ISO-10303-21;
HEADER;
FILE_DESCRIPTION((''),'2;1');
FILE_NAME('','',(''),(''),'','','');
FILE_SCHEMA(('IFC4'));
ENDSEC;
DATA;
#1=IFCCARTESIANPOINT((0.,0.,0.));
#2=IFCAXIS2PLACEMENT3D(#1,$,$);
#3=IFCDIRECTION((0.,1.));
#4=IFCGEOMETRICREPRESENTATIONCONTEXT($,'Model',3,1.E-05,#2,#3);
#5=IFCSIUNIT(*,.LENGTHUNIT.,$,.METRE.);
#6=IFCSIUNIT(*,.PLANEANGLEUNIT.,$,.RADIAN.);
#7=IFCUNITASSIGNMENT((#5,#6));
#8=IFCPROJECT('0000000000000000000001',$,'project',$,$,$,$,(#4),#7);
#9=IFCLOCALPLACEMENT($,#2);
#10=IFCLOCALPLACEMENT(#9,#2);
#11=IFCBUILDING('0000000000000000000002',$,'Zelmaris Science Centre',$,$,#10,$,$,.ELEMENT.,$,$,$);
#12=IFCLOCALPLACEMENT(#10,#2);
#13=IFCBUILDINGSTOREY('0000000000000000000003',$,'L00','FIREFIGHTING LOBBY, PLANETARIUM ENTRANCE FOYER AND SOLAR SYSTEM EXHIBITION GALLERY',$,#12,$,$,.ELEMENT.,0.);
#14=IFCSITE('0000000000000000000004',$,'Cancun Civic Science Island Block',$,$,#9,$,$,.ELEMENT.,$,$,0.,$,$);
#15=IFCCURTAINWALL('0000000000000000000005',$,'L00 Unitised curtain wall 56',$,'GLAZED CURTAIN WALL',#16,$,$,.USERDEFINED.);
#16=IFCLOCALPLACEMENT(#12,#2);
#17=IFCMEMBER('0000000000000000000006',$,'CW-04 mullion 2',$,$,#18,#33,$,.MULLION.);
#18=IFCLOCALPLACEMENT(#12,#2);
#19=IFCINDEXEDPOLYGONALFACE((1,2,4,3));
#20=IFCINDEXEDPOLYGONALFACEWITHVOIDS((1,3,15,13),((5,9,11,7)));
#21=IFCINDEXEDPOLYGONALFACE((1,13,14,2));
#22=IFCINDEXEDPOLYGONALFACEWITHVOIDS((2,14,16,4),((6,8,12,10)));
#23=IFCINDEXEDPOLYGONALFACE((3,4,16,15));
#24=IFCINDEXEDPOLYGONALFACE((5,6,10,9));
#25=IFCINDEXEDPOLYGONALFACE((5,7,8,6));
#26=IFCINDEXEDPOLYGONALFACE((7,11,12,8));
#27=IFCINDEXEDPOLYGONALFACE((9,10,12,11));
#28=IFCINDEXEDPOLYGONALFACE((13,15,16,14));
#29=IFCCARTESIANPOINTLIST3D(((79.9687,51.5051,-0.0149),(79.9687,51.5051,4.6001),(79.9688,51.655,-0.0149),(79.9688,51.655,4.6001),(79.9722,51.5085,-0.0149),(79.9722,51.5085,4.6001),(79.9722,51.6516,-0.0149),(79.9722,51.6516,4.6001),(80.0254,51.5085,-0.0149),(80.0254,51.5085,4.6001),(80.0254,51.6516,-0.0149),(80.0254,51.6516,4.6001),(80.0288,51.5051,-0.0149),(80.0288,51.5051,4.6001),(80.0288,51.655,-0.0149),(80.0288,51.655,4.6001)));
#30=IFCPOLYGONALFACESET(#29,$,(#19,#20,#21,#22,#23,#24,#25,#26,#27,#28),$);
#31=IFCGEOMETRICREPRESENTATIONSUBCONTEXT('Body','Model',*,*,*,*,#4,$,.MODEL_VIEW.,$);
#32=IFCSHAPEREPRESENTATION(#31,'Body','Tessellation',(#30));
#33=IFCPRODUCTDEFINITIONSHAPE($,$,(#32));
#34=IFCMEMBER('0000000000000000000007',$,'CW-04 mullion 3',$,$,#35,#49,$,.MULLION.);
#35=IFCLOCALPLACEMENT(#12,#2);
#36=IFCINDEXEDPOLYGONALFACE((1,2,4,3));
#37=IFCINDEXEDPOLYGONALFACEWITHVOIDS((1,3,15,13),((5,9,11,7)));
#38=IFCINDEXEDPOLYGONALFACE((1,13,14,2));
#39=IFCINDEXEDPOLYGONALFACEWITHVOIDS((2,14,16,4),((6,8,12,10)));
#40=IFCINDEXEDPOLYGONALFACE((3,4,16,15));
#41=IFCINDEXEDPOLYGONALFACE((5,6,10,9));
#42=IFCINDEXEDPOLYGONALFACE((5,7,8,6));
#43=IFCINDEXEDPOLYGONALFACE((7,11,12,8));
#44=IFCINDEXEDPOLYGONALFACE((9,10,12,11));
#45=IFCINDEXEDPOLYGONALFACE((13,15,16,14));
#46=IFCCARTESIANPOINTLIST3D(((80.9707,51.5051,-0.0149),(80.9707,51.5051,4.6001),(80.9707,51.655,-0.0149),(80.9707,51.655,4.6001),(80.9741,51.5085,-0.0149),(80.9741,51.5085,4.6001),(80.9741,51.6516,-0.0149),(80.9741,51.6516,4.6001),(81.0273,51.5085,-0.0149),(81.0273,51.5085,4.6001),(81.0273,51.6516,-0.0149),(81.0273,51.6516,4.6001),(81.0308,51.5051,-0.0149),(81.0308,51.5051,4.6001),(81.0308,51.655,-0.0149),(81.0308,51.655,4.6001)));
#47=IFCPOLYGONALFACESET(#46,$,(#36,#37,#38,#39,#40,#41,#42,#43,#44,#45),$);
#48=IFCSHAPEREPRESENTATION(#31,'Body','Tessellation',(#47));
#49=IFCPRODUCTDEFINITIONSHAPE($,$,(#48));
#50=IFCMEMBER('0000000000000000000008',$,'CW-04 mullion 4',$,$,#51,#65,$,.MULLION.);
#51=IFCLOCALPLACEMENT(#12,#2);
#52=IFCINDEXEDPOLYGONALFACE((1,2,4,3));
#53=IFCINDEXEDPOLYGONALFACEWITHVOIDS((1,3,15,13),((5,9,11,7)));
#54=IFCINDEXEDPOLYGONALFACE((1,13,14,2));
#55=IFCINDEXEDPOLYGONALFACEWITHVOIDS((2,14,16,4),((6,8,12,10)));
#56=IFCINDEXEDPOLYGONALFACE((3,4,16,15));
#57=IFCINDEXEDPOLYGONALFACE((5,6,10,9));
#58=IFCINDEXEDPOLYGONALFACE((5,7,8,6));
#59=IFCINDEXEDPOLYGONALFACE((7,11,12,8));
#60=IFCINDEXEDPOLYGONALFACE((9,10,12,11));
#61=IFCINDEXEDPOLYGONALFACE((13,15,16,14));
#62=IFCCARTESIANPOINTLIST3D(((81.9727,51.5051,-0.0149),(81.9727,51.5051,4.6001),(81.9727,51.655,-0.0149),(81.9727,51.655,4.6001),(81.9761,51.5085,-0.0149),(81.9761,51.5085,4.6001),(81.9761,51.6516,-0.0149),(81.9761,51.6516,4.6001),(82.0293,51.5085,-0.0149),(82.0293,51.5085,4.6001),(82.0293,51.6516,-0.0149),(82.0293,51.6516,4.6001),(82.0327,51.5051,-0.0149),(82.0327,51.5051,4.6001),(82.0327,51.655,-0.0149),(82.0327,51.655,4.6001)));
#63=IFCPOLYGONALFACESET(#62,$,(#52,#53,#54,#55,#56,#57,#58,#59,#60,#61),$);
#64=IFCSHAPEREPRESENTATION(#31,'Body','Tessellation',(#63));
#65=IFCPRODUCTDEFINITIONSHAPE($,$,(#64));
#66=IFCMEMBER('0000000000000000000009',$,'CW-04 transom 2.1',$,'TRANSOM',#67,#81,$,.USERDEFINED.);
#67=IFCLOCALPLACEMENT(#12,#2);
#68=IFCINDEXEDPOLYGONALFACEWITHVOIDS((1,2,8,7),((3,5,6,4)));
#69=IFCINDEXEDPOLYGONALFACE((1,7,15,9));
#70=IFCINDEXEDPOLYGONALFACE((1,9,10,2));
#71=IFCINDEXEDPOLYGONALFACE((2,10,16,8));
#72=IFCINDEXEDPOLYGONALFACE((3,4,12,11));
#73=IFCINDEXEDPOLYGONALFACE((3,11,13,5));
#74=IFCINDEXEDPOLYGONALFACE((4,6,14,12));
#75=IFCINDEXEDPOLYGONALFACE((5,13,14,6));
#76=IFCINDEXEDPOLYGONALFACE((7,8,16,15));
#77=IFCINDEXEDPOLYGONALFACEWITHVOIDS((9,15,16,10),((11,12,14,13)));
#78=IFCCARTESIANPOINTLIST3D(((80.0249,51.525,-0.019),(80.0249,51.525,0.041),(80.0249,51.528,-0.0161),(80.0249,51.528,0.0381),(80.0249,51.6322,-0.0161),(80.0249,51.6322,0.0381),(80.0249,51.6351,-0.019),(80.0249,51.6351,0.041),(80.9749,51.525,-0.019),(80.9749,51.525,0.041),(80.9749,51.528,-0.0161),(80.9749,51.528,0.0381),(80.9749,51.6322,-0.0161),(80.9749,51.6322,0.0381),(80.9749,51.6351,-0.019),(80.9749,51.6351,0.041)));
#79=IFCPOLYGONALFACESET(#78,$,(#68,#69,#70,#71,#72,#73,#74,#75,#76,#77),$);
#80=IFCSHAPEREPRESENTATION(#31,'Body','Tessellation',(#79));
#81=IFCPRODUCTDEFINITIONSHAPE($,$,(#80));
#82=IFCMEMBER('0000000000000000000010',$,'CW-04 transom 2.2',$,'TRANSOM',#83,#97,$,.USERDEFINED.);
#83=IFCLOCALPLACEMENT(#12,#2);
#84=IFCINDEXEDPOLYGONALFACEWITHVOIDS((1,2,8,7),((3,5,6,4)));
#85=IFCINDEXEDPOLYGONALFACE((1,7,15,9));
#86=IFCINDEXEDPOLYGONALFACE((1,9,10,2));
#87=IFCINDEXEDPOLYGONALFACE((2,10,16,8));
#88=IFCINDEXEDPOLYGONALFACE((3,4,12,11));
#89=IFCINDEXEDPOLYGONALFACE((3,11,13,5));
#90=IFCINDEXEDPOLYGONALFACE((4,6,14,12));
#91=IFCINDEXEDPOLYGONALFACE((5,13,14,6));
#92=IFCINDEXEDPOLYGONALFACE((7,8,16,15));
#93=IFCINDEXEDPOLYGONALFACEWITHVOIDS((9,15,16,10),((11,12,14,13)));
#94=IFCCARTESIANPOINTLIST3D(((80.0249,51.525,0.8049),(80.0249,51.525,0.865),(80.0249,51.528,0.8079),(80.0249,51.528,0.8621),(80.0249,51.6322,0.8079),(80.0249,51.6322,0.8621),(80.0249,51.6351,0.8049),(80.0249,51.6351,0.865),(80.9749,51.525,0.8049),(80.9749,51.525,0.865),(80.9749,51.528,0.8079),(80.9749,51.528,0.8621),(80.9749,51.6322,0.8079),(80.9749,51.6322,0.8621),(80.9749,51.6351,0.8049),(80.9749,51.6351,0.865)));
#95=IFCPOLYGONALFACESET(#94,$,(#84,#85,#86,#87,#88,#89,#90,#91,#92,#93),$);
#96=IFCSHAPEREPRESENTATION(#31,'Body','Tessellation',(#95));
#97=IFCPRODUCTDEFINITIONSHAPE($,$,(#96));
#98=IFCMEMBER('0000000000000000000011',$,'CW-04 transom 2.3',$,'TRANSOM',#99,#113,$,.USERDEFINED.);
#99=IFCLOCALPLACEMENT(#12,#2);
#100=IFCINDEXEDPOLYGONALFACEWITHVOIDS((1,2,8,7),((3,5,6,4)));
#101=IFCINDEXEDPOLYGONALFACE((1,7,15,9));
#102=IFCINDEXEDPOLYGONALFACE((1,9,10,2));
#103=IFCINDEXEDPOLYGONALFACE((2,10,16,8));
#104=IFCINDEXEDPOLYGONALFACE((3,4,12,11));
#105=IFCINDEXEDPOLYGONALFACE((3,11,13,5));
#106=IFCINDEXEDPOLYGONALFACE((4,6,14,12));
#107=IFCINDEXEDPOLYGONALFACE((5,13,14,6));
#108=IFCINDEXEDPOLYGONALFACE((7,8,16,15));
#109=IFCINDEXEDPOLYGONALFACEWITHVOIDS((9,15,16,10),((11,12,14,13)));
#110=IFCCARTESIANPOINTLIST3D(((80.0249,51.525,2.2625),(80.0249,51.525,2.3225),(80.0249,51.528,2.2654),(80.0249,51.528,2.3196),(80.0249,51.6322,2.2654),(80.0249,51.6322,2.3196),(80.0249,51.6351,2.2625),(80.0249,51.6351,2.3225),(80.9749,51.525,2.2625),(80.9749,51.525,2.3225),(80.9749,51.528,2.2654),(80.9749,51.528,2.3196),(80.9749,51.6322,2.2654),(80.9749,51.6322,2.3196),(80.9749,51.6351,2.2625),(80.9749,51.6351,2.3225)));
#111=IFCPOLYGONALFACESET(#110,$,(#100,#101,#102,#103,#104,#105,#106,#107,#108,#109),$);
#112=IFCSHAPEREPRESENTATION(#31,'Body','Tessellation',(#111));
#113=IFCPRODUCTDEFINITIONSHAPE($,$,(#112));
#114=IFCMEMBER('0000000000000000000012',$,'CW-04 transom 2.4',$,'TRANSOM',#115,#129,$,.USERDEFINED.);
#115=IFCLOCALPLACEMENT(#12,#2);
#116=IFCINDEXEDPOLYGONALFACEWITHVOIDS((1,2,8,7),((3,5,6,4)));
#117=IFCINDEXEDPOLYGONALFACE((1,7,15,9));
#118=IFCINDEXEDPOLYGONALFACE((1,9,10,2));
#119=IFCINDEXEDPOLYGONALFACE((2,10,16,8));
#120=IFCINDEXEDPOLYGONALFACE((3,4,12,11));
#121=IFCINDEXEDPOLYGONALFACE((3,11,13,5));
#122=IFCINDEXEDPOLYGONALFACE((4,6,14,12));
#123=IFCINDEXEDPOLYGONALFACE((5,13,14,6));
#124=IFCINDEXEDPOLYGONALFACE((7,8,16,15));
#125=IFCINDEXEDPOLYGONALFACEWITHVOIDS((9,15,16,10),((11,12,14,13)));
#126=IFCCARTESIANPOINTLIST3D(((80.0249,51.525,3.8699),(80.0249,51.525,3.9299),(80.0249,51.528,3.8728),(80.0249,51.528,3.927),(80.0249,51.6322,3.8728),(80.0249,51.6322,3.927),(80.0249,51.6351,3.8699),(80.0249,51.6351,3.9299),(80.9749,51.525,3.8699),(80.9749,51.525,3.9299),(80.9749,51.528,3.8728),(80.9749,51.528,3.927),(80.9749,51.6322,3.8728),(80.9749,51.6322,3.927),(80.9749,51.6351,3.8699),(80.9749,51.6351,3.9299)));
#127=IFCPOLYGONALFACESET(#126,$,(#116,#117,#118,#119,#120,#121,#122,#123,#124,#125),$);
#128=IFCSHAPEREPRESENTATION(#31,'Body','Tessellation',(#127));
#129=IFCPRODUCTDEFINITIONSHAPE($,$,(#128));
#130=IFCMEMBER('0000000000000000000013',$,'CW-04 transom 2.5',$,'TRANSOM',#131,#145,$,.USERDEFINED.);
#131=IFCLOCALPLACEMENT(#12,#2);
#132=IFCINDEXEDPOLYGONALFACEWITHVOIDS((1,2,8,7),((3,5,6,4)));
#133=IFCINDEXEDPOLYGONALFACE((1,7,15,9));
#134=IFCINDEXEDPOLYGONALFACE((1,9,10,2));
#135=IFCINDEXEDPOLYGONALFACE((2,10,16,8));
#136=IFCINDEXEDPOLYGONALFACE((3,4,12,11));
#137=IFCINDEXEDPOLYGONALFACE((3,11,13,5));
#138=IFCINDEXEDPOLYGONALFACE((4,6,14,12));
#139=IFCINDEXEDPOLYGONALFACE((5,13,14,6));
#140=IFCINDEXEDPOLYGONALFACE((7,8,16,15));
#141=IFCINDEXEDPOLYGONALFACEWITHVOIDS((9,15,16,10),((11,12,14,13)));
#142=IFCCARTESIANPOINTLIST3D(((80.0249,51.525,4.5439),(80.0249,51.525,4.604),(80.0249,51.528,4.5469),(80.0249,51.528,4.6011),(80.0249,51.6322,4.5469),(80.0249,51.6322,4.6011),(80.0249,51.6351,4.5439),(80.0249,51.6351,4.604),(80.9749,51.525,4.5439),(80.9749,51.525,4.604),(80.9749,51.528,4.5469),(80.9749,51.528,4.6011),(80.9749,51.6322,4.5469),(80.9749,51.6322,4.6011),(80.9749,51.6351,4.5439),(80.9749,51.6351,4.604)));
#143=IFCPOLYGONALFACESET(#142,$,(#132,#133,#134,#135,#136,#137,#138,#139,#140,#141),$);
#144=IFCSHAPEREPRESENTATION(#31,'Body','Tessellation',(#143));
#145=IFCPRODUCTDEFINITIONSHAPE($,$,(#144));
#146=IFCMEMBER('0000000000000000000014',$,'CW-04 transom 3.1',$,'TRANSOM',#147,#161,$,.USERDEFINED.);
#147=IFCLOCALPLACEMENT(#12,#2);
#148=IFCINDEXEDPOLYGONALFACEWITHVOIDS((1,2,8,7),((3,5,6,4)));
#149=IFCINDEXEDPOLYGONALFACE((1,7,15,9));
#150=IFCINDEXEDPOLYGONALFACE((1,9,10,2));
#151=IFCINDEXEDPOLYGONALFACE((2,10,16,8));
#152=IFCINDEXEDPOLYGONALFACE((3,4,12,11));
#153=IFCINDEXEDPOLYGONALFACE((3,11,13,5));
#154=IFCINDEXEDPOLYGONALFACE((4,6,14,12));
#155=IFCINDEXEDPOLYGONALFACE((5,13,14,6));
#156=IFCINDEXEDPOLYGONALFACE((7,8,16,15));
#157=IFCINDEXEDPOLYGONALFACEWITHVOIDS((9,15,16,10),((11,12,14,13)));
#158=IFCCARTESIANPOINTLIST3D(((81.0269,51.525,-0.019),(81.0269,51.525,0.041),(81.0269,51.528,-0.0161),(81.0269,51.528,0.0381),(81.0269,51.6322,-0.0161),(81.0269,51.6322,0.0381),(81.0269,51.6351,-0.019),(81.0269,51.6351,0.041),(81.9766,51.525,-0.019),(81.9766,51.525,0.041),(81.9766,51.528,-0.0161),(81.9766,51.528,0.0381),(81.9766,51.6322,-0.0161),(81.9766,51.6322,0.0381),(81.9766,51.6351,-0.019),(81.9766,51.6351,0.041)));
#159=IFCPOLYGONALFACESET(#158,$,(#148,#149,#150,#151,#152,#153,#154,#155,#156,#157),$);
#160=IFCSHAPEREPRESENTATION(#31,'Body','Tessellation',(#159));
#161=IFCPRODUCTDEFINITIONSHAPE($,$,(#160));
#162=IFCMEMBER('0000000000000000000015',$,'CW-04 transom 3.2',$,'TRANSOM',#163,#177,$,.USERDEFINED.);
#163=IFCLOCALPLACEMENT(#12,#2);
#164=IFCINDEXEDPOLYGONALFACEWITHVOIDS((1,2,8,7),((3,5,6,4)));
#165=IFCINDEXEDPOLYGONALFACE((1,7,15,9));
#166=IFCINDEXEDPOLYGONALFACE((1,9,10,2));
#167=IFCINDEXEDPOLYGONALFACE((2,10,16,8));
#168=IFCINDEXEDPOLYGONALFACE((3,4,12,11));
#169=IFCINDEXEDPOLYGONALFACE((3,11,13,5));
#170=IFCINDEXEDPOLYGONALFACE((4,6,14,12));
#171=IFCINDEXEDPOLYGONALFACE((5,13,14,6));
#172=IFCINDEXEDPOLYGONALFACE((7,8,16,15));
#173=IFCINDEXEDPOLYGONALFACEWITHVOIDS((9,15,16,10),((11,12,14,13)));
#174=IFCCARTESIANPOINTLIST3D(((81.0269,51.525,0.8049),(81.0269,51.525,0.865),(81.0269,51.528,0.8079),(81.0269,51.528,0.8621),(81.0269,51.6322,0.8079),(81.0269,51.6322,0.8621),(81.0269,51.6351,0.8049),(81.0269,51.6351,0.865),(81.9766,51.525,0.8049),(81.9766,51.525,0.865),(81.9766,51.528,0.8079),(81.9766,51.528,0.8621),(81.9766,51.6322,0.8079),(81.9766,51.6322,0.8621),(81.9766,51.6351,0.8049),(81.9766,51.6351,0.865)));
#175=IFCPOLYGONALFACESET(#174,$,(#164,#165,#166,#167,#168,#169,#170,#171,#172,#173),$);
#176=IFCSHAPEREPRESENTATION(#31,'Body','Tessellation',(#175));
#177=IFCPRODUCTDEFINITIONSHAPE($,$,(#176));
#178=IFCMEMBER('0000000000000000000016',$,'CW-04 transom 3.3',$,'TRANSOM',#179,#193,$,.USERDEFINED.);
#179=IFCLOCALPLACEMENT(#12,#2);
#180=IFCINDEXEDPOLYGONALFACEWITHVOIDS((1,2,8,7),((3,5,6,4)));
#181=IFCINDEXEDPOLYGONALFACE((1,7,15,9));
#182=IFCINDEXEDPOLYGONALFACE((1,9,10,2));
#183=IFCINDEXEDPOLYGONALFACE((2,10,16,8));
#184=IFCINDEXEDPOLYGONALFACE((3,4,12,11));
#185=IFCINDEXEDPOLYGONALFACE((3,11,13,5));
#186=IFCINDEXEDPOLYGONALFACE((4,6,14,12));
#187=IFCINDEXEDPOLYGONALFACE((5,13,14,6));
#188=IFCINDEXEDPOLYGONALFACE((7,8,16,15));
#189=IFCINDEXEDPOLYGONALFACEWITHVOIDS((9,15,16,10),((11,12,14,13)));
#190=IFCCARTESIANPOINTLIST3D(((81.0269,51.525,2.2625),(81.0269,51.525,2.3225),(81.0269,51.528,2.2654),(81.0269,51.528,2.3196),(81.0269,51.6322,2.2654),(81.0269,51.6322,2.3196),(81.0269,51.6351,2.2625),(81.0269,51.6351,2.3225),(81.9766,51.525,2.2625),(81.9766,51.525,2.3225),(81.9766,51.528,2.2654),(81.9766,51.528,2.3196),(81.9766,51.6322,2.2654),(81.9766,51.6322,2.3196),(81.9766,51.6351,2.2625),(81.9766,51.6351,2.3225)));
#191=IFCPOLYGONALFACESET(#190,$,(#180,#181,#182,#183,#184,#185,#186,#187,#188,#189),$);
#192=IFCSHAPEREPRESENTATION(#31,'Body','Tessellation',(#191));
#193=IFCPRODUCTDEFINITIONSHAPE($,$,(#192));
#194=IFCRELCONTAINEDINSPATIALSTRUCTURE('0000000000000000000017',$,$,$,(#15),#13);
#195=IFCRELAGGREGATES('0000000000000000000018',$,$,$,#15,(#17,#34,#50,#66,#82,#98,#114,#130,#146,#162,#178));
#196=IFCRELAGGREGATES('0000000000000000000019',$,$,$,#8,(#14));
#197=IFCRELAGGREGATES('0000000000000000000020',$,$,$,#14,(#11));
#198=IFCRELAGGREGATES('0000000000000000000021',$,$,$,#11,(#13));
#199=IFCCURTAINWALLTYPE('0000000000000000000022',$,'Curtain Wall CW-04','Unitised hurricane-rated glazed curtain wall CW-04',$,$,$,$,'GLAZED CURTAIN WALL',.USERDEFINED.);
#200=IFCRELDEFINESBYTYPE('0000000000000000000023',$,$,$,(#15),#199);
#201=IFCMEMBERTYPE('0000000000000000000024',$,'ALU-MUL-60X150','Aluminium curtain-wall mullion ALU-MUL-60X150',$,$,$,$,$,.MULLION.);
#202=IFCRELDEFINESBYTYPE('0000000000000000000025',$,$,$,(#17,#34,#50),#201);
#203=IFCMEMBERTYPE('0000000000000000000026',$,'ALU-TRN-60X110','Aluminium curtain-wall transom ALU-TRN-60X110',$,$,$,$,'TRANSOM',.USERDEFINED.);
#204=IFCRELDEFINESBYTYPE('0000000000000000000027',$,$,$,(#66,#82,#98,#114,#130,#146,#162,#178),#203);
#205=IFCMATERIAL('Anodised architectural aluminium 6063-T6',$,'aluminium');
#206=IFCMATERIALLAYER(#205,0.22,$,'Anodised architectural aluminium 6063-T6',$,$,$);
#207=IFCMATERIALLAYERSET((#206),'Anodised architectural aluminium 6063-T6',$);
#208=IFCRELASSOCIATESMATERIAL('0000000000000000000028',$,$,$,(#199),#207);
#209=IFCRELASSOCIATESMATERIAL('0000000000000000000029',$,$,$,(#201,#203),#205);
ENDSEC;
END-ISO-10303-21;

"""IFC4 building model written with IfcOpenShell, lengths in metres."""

from ifc_helpers import new_model, si_unit, direction, frame, origin, origin_2d, place, context, subcontext, project, spatial, hollow_rectangle, extrude, material, layer, layer_set, material_profile, profile_set, type_object, element, aggregate, save


model = new_model("IFC4")

# Units and contexts
model_context = context("Model", 3, precision=1e-05, world=origin(), true_north=direction((0.0, 1.0)))
body_context = subcontext(model_context, "Body", "Model", "MODEL_VIEW")
ifc_project = project(units=[si_unit("LENGTHUNIT", "METRE"), si_unit("PLANEANGLEUNIT", "RADIAN")], contexts=[model_context])

# Site, building, storey
site_placement = place(None, origin())
site = spatial("IfcSite", under=ifc_project, at=site_placement, Name="Cancun Civic Science Island Block", CompositionType="ELEMENT", RefElevation=0.0)
building_placement = place(site_placement, origin())
building = spatial("IfcBuilding", under=site, at=building_placement, Name="Zelmaris Science Centre", CompositionType="ELEMENT")
storey_placement = place(building_placement, origin())
storey = spatial("IfcBuildingStorey", under=building, at=storey_placement, Name="L00", Description="FIREFIGHTING LOBBY, PLANETARIUM ENTRANCE FOYER AND SOLAR SYSTEM EXHIBITION GALLERY", CompositionType="ELEMENT", Elevation=0.0)

# Curtain wall, members
ifc_material_1 = material(Name="Anodised architectural aluminium 6063-T6", Category="aluminium")
ifc_layer_1 = layer(ifc_material_1, 0.22, Name="Anodised architectural aluminium 6063-T6")
ifc_layer_set_1 = layer_set([ifc_layer_1], Name="Anodised architectural aluminium 6063-T6")
curtain_wall_type = type_object("IfcCurtainWallType", Name="Curtain Wall CW-04", Description="Unitised hurricane-rated glazed curtain wall CW-04", ElementType="GLAZED CURTAIN WALL", PredefinedType="USERDEFINED", material=ifc_layer_set_1)
curtain_wall_placement = place(storey_placement, origin())
curtain_wall = element("IfcCurtainWall", 1, at=curtain_wall_placement, inside=storey, type_object=curtain_wall_type, Name="L00 Unitised curtain wall 56", ObjectType="GLAZED CURTAIN WALL", PredefinedType="USERDEFINED")
ifc_material_profile_1 = material_profile(ifc_material_1, hollow_rectangle(XDim=0.0601, YDim=0.1499, WallThickness=0.0034, at=origin_2d()), Name="ALU-MUL-60X150")
ifc_profile_set_1 = profile_set([ifc_material_profile_1], Name="Anodised architectural aluminium 6063-T6")
member_type_1 = type_object("IfcMemberType", Name="ALU-MUL-60X150", Description="Aluminium curtain-wall mullion ALU-MUL-60X150", PredefinedType="MULLION", material=ifc_profile_set_1)
member_1_placement = place(storey_placement, frame((79.9988, 51.5801, -0.0149), z_axis=(0.0, 0.0, 1.0), x_axis=(1.0, -0.000003, 0.0)))
member_1 = element("IfcMember", 2, at=member_1_placement, type_object=member_type_1, Name="CW-04 mullion 2", PredefinedType="MULLION", context=body_context, shape_type="SweptSolid", body=[
    extrude(hollow_rectangle(XDim=0.0601, YDim=0.1499, WallThickness=0.0034, at=origin_2d()), origin(), (0.0, 0.0, 1.0), 4.615),
])
member_2_placement = place(storey_placement, frame((81.0007, 51.5801, -0.0149), z_axis=(0.0, 0.0, 1.0), x_axis=(1.0, -0.000003, 0.0)))
member_2 = element("IfcMember", 3, at=member_2_placement, type_object=member_type_1, Name="CW-04 mullion 3", PredefinedType="MULLION", context=body_context, shape_type="SweptSolid", body=[
    extrude(hollow_rectangle(XDim=0.0601, YDim=0.1499, WallThickness=0.0034, at=origin_2d()), origin(), (0.0, 0.0, 1.0), 4.615),
])
member_3_placement = place(storey_placement, frame((82.0027, 51.5801, -0.0149), z_axis=(0.0, 0.0, 1.0), x_axis=(1.0, -0.000003, 0.0)))
member_3 = element("IfcMember", 4, at=member_3_placement, type_object=member_type_1, Name="CW-04 mullion 4", PredefinedType="MULLION", context=body_context, shape_type="SweptSolid", body=[
    extrude(hollow_rectangle(XDim=0.0601, YDim=0.1499, WallThickness=0.0034, at=origin_2d()), origin(), (0.0, 0.0, 1.0), 4.615),
])
ifc_material_profile_2 = material_profile(ifc_material_1, hollow_rectangle(XDim=0.0601, YDim=0.1101, WallThickness=0.0029, at=origin_2d()), Name="ALU-TRN-60X110")
ifc_profile_set_2 = profile_set([ifc_material_profile_2], Name="Anodised architectural aluminium 6063-T6")
member_type_2 = type_object("IfcMemberType", Name="ALU-TRN-60X110", Description="Aluminium curtain-wall transom ALU-TRN-60X110", ElementType="TRANSOM", PredefinedType="USERDEFINED", material=ifc_profile_set_2)
member_4_placement = place(storey_placement, frame((80.0249, 51.5801, 0.011), z_axis=(1.0, 0.0, 0.0), x_axis=(0.0, 0.0, 1.0)))
member_4 = element("IfcMember", 5, at=member_4_placement, type_object=member_type_2, Name="CW-04 transom 2.1", ObjectType="TRANSOM", PredefinedType="USERDEFINED", context=body_context, shape_type="SweptSolid", body=[
    extrude(hollow_rectangle(XDim=0.0601, YDim=0.1101, WallThickness=0.0029, at=origin_2d()), origin(), (0.0, 0.0, 1.0), 0.95),
])
member_5_placement = place(storey_placement, frame((80.0249, 51.5801, 0.835), z_axis=(1.0, 0.0, 0.0), x_axis=(0.0, 0.0, 1.0)))
member_5 = element("IfcMember", 6, at=member_5_placement, type_object=member_type_2, Name="CW-04 transom 2.2", ObjectType="TRANSOM", PredefinedType="USERDEFINED", context=body_context, shape_type="SweptSolid", body=[
    extrude(hollow_rectangle(XDim=0.0601, YDim=0.1101, WallThickness=0.0029, at=origin_2d()), origin(), (0.0, 0.0, 1.0), 0.95),
])
member_6_placement = place(storey_placement, frame((80.0249, 51.5801, 2.2925), z_axis=(1.0, 0.0, 0.0), x_axis=(0.0, 0.0, 1.0)))
member_6 = element("IfcMember", 7, at=member_6_placement, type_object=member_type_2, Name="CW-04 transom 2.3", ObjectType="TRANSOM", PredefinedType="USERDEFINED", context=body_context, shape_type="SweptSolid", body=[
    extrude(hollow_rectangle(XDim=0.0601, YDim=0.1101, WallThickness=0.0029, at=origin_2d()), origin(), (0.0, 0.0, 1.0), 0.95),
])
member_7_placement = place(storey_placement, frame((80.0249, 51.5801, 3.8999), z_axis=(1.0, 0.0, 0.0), x_axis=(0.0, 0.0, 1.0)))
member_7 = element("IfcMember", 8, at=member_7_placement, type_object=member_type_2, Name="CW-04 transom 2.4", ObjectType="TRANSOM", PredefinedType="USERDEFINED", context=body_context, shape_type="SweptSolid", body=[
    extrude(hollow_rectangle(XDim=0.0601, YDim=0.1101, WallThickness=0.0029, at=origin_2d()), origin(), (0.0, 0.0, 1.0), 0.95),
])
member_8_placement = place(storey_placement, frame((80.0249, 51.5801, 4.574), z_axis=(1.0, 0.0, 0.0), x_axis=(0.0, 0.0, 1.0)))
member_8 = element("IfcMember", 9, at=member_8_placement, type_object=member_type_2, Name="CW-04 transom 2.5", ObjectType="TRANSOM", PredefinedType="USERDEFINED", context=body_context, shape_type="SweptSolid", body=[
    extrude(hollow_rectangle(XDim=0.0601, YDim=0.1101, WallThickness=0.0029, at=origin_2d()), origin(), (0.0, 0.0, 1.0), 0.95),
])
member_9_placement = place(storey_placement, frame((81.0269, 51.5801, 0.011), z_axis=(1.0, 0.0, 0.0), x_axis=(0.0, 0.0, 1.0)))
member_9 = element("IfcMember", 10, at=member_9_placement, type_object=member_type_2, Name="CW-04 transom 3.1", ObjectType="TRANSOM", PredefinedType="USERDEFINED", context=body_context, shape_type="SweptSolid", body=[
    extrude(hollow_rectangle(XDim=0.0601, YDim=0.1101, WallThickness=0.0029, at=origin_2d()), origin(), (0.0, 0.0, 1.0), 0.9497),
])
member_10_placement = place(storey_placement, frame((81.0269, 51.5801, 0.835), z_axis=(1.0, 0.0, 0.0), x_axis=(0.0, 0.0, 1.0)))
member_10 = element("IfcMember", 11, at=member_10_placement, type_object=member_type_2, Name="CW-04 transom 3.2", ObjectType="TRANSOM", PredefinedType="USERDEFINED", context=body_context, shape_type="SweptSolid", body=[
    extrude(hollow_rectangle(XDim=0.0601, YDim=0.1101, WallThickness=0.0029, at=origin_2d()), origin(), (0.0, 0.0, 1.0), 0.9497),
])
member_11_placement = place(storey_placement, frame((81.0269, 51.5801, 2.2925), z_axis=(1.0, 0.0, 0.0), x_axis=(0.0, 0.0, 1.0)))
member_11 = element("IfcMember", 12, at=member_11_placement, type_object=member_type_2, Name="CW-04 transom 3.3", ObjectType="TRANSOM", PredefinedType="USERDEFINED", context=body_context, shape_type="SweptSolid", body=[
    extrude(hollow_rectangle(XDim=0.0601, YDim=0.1101, WallThickness=0.0029, at=origin_2d()), origin(), (0.0, 0.0, 1.0), 0.9497),
])
aggregate(curtain_wall, [member_1, member_2, member_3, member_4, member_5, member_6, member_7, member_8, member_9, member_10, member_11])

save(model, "model.ifc")
